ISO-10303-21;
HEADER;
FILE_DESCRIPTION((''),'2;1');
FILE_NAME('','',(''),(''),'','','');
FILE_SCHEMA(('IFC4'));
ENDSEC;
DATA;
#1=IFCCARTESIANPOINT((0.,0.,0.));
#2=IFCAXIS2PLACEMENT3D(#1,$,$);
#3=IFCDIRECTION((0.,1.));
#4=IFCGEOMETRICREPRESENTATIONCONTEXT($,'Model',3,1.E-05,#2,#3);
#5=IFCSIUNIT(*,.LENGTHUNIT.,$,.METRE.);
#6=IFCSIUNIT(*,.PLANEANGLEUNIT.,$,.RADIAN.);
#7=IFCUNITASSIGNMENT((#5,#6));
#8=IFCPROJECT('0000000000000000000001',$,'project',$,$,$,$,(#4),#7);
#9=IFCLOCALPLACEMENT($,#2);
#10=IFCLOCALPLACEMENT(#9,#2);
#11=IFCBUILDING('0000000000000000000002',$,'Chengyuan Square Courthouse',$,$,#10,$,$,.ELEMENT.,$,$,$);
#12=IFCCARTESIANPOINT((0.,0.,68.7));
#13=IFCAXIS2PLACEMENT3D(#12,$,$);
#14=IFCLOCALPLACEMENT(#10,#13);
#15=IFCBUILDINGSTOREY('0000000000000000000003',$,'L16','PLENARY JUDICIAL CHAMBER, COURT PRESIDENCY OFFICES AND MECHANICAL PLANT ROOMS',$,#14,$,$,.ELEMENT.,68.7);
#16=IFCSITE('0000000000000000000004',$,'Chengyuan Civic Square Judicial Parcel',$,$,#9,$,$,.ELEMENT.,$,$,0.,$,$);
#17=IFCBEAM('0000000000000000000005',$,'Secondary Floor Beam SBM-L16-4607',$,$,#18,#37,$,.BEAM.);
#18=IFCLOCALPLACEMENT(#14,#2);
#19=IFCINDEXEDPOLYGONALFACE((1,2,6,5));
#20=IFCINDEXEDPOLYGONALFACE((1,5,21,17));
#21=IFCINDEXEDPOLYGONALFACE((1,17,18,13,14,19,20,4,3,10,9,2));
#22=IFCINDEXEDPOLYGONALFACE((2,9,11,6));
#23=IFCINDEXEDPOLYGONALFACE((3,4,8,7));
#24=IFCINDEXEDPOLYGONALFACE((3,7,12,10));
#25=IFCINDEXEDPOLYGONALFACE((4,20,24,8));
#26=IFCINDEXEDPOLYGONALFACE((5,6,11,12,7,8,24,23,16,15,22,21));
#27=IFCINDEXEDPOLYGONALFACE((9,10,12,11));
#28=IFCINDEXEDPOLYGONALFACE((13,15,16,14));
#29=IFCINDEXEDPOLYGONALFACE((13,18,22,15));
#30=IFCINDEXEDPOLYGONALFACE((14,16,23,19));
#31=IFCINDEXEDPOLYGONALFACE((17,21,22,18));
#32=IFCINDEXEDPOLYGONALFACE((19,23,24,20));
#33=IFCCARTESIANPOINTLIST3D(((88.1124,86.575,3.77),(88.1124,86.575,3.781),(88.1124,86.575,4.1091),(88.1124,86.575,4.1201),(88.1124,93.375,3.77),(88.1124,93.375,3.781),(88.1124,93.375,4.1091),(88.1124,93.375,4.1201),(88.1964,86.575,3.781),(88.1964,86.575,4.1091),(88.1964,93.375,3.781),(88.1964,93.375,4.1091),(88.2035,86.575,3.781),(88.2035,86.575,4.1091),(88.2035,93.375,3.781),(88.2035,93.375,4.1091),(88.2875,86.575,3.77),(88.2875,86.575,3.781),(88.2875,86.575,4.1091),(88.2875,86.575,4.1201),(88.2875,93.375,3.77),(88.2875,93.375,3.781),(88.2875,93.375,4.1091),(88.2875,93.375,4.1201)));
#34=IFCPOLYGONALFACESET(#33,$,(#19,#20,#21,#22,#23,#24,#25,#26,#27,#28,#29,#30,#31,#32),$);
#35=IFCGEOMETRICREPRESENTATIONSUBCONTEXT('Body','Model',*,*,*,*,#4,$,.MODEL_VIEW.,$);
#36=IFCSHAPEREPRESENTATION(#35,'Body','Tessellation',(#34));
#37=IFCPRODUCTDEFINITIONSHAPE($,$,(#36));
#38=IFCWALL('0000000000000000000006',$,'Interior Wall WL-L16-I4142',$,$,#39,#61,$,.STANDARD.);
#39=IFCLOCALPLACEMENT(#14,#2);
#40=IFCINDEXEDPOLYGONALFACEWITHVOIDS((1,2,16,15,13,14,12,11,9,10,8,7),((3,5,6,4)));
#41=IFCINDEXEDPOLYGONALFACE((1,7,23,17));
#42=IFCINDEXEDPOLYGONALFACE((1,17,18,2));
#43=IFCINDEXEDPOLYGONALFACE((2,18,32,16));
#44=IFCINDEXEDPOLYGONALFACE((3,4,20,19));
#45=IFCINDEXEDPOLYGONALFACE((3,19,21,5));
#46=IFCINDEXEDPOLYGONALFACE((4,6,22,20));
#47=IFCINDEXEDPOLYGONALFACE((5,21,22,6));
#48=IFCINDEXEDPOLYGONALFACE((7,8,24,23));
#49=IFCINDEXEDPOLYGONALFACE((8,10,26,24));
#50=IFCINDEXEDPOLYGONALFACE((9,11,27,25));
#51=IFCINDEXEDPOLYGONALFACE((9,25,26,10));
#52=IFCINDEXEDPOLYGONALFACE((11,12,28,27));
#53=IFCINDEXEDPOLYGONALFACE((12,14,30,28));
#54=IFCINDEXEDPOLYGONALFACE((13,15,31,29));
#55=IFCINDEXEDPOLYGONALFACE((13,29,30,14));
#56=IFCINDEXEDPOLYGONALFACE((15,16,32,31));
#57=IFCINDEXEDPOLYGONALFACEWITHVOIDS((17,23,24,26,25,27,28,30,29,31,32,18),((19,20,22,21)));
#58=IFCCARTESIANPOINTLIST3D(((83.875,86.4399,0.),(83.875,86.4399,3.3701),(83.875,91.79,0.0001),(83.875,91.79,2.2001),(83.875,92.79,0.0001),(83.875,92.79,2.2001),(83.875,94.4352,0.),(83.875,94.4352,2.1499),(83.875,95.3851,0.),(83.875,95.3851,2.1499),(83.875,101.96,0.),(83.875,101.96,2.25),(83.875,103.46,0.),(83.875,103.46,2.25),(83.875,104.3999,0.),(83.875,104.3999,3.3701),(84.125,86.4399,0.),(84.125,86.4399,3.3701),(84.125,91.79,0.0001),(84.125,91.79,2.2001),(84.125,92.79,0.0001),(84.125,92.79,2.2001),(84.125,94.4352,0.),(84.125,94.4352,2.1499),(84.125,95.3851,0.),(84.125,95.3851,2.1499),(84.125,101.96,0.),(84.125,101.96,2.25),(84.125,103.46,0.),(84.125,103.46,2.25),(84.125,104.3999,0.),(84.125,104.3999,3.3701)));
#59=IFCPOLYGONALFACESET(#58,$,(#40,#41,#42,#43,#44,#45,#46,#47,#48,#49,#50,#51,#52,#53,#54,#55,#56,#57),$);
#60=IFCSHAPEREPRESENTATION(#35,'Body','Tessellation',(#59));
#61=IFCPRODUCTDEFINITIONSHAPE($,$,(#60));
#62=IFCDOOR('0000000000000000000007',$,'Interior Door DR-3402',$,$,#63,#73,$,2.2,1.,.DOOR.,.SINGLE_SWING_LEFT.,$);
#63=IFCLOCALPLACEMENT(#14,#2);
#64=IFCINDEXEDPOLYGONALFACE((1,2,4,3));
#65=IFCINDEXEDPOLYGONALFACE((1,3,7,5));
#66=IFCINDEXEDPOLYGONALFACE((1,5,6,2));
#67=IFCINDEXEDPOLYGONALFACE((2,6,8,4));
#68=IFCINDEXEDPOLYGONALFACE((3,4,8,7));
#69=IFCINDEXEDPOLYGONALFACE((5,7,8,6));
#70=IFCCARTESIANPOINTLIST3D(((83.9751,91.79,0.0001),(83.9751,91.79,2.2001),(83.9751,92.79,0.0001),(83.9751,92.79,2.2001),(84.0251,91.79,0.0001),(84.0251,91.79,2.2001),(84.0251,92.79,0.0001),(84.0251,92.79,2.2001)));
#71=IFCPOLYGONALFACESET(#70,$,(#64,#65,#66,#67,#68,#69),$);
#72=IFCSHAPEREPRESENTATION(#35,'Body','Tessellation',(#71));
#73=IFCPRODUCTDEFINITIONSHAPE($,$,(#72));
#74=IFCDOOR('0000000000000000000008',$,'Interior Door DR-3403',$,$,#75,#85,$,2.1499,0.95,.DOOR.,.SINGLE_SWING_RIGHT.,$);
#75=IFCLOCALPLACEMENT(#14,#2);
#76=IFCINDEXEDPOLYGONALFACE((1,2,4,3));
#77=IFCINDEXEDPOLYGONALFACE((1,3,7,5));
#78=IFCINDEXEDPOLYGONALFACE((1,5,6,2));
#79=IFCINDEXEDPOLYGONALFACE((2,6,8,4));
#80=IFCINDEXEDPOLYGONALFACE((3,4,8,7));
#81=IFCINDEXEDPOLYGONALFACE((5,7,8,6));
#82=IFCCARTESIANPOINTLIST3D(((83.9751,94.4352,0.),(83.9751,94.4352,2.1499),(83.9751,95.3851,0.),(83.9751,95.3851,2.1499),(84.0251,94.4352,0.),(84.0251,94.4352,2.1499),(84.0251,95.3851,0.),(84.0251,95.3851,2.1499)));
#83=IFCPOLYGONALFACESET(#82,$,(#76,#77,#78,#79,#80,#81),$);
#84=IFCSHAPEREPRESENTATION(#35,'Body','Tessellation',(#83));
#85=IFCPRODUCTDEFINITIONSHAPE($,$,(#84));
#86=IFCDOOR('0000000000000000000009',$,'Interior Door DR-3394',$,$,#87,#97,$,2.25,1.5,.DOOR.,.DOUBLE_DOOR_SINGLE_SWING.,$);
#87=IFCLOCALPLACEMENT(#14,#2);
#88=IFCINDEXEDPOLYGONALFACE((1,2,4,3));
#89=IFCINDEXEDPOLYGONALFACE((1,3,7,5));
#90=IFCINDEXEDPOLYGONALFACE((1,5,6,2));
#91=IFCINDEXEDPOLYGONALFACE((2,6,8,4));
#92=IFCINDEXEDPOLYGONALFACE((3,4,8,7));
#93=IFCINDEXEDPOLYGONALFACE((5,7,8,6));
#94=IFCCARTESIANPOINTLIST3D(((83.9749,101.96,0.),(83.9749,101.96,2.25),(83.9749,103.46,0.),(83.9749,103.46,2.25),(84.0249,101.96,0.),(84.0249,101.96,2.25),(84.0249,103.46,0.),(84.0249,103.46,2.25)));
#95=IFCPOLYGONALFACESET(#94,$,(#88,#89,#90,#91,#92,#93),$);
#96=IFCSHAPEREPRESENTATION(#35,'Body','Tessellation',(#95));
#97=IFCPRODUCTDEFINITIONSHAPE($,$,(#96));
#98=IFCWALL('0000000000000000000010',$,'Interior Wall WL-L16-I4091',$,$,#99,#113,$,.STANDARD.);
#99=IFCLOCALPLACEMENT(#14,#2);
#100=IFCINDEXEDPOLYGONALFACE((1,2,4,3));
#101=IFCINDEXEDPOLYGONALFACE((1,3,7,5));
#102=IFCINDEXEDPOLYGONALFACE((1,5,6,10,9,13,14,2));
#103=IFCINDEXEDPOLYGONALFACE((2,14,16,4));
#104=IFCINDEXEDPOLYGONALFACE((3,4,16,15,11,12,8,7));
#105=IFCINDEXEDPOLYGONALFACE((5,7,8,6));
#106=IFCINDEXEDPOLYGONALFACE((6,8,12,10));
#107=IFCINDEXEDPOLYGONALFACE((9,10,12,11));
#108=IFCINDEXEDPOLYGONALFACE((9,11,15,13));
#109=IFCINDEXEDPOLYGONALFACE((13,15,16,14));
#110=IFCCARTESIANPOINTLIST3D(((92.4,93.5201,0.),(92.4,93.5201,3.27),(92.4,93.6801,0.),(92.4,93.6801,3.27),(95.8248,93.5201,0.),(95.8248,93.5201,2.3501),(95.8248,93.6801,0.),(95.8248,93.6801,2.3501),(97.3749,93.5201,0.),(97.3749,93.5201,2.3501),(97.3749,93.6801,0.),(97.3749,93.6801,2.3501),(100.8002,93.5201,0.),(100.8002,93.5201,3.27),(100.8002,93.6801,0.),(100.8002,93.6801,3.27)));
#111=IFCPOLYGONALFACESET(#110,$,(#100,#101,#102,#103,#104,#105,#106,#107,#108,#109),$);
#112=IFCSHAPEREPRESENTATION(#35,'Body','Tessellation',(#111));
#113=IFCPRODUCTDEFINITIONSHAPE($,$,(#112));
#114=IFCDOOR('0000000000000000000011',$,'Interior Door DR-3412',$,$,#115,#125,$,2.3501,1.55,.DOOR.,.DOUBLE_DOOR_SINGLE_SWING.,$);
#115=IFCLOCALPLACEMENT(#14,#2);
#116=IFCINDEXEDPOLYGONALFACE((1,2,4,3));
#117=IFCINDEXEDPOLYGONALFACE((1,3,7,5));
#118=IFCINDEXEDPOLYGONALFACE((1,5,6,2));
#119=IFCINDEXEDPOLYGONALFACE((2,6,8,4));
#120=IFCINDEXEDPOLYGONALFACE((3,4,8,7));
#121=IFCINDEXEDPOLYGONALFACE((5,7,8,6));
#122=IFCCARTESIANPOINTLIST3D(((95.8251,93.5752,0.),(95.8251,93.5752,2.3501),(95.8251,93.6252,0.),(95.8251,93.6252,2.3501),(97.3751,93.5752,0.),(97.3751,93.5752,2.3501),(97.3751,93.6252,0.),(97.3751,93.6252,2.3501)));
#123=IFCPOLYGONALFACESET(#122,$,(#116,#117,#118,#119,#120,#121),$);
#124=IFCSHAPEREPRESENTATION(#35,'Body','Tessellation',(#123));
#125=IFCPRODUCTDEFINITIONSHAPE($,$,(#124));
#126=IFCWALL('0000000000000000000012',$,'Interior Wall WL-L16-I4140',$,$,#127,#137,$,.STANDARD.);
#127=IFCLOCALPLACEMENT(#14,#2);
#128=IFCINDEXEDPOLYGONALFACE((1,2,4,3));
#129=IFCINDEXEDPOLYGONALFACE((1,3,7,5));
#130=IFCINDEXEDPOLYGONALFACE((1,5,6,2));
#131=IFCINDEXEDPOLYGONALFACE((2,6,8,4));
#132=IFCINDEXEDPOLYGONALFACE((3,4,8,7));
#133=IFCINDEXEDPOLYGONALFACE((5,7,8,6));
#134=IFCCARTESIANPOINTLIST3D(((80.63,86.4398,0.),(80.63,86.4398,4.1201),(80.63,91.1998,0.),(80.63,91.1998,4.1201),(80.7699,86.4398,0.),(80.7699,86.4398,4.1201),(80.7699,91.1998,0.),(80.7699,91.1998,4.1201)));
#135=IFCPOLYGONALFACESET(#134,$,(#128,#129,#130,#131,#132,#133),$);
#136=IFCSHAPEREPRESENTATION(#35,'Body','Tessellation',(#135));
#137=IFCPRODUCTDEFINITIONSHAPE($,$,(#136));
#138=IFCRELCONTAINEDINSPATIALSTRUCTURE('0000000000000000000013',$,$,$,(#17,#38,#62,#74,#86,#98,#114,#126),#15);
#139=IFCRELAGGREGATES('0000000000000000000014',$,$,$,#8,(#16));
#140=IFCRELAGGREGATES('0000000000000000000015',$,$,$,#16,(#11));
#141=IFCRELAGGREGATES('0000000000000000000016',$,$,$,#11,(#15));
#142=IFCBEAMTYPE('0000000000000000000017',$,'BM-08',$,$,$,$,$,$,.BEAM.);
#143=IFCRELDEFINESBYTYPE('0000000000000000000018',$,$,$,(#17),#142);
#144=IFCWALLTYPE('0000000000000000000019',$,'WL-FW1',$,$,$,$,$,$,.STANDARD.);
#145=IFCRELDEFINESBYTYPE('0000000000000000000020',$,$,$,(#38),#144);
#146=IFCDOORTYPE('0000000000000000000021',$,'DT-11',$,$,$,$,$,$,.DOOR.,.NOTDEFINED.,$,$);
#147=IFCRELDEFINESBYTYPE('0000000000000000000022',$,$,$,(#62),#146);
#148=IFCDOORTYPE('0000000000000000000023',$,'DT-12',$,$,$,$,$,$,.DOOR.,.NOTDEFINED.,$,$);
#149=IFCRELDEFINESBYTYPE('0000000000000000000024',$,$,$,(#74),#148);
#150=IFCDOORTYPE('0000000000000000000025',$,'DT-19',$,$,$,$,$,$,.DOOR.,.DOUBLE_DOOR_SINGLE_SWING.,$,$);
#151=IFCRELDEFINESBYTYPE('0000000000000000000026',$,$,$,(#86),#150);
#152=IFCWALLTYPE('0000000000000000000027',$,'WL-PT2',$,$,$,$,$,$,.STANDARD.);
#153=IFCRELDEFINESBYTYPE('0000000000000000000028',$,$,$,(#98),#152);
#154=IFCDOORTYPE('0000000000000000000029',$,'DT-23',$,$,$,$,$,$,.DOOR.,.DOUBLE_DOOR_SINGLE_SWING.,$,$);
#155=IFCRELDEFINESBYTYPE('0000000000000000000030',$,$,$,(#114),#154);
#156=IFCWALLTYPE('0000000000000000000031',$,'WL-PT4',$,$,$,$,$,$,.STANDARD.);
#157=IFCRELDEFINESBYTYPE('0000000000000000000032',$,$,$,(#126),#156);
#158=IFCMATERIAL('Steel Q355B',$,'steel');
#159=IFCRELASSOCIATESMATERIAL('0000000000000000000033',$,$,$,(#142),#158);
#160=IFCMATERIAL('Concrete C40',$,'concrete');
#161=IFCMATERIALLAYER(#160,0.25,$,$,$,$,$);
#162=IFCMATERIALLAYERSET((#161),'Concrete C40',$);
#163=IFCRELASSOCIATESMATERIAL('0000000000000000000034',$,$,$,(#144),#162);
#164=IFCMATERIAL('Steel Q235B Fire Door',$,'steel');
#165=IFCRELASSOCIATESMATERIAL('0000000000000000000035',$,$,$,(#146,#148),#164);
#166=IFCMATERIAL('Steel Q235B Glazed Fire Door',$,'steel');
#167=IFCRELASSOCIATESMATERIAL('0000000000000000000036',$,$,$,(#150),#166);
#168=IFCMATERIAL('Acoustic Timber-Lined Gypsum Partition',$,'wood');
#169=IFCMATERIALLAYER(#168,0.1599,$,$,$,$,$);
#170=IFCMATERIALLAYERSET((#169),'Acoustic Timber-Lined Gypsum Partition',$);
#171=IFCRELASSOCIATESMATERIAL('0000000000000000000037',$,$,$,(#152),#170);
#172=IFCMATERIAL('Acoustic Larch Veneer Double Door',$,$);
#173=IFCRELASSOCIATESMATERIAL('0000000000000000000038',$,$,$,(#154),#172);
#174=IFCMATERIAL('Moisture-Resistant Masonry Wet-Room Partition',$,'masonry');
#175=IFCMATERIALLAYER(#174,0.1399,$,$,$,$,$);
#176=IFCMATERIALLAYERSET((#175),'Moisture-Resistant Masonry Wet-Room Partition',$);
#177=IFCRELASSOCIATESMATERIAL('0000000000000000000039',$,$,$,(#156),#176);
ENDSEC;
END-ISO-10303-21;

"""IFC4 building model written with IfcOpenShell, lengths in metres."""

from ifc_helpers import new_model, si_unit, direction, frame, frame_2d, origin, origin_2d, place, context, subcontext, project, spatial, rectangle, i_section, extrude, material, layer, layer_set, material_profile, profile_set, type_object, element, fill, save


model = new_model("IFC4")

# Units and contexts
model_context = context("Model", 3, precision=1e-05, world=origin(), true_north=direction((0.0, 1.0)))
body_context = subcontext(model_context, "Body", "Model", "MODEL_VIEW")
ifc_project = project(units=[si_unit("LENGTHUNIT", "METRE"), si_unit("PLANEANGLEUNIT", "RADIAN")], contexts=[model_context])

# Site, building, storey
site_placement = place(None, origin())
site = spatial("IfcSite", under=ifc_project, at=site_placement, Name="Chengyuan Civic Square Judicial Parcel", CompositionType="ELEMENT", RefElevation=0.0)
building_placement = place(site_placement, origin())
building = spatial("IfcBuilding", under=site, at=building_placement, Name="Chengyuan Square Courthouse", CompositionType="ELEMENT")
storey_placement = place(building_placement, frame((0.0, 0.0, 68.7)))
storey = spatial("IfcBuildingStorey", under=building, at=storey_placement, Name="L16", Description="PLENARY JUDICIAL CHAMBER, COURT PRESIDENCY OFFICES AND MECHANICAL PLANT ROOMS", CompositionType="ELEMENT", Elevation=68.7)

# Shared definitions
ifc_material_1 = material(Name="Concrete C40", Category="concrete")

# Beam
ifc_material_2 = material(Name="Steel Q355B", Category="steel")
ifc_material_profile_1 = material_profile(ifc_material_2, i_section(OverallWidth=0.175, OverallDepth=0.3501, WebThickness=0.0071, FlangeThickness=0.011, at=origin_2d()), Name="HN 350x175x7x11")
ifc_profile_set_1 = profile_set([ifc_material_profile_1], Name="Steel Q355B")
beam_type_1 = type_object("IfcBeamType", Name="BM-08", PredefinedType="BEAM", material=ifc_profile_set_1)
beam_1_placement = place(storey_placement, frame((88.2, 86.575, 3.9451), z_axis=(0.0, 1.0, 0.0), x_axis=(-1.0, 0.0, 0.0)))
element("IfcBeam", 1, at=beam_1_placement, inside=storey, type_object=beam_type_1, Name="Secondary Floor Beam SBM-L16-4607", PredefinedType="BEAM", context=body_context, shape_type="SweptSolid", body=[
    extrude(i_section(OverallWidth=0.175, OverallDepth=0.3501, WebThickness=0.0071, FlangeThickness=0.011, at=origin_2d()), origin(), (0.0, 0.0, 1.0), 6.8),
])

# Wall, openings, doors
ifc_layer_1 = layer(ifc_material_1, 0.25)
ifc_layer_set_1 = layer_set([ifc_layer_1], Name="Concrete C40")
wall_type_1 = type_object("IfcWallType", Name="WL-FW1", PredefinedType="STANDARD", material=ifc_layer_set_1)
wall_1_placement = place(storey_placement, frame((84.0, 86.4399, 0.0), z_axis=(0.0, 0.0, 1.0), x_axis=(0.0, 1.0, 0.0)))
wall_1 = element("IfcWall", 2, at=wall_1_placement, inside=storey, type_object=wall_type_1, Name="Interior Wall WL-L16-I4142", PredefinedType="STANDARD", context=body_context, shape_type="SweptSolid", body=[
    extrude(rectangle(XDim=17.96, YDim=0.25, at=frame_2d((8.98, 0.0))), origin(), (0.0, 0.0, 1.0), 3.3701),
])
opening_1_placement = place(wall_1_placement, frame((15.52, 0.0, 0.0)))
opening_1 = element("IfcOpeningElement", 3, at=opening_1_placement, cuts=wall_1, PredefinedType="OPENING", context=body_context, shape_type="SweptSolid", body=[
    extrude(rectangle(XDim=1.5, YDim=2.25, at=frame_2d((0.75, 1.125))), frame((0.0, 0.137, 0.0), z_axis=(0.0, -1.0, 0.0), x_axis=(1.0, 0.0, 0.0)), (0.0, 0.0, 1.0), 0.2739),
])
opening_2_placement = place(wall_1_placement, frame((5.3501, 0.0, 0.0)))
opening_2 = element("IfcOpeningElement", 4, at=opening_2_placement, cuts=wall_1, PredefinedType="OPENING", context=body_context, shape_type="SweptSolid", body=[
    extrude(rectangle(XDim=1.0, YDim=2.2, at=frame_2d((0.5, 1.1001))), frame((0.0, 0.137, 0.0), z_axis=(0.0, -1.0, 0.0), x_axis=(1.0, 0.0, 0.0)), (0.0, 0.0, 1.0), 0.2739),
])
opening_3_placement = place(wall_1_placement, frame((7.9951, 0.0, 0.0)))
opening_3 = element("IfcOpeningElement", 5, at=opening_3_placement, cuts=wall_1, PredefinedType="OPENING", context=body_context, shape_type="SweptSolid", body=[
    extrude(rectangle(XDim=0.95, YDim=2.1499, at=frame_2d((0.4751, 1.075))), frame((0.0, 0.137, 0.0), z_axis=(0.0, -1.0, 0.0), x_axis=(1.0, 0.0, 0.0)), (0.0, 0.0, 1.0), 0.2739),
])
ifc_material_3 = material(Name="Steel Q235B Fire Door", Category="steel")
door_type_1 = type_object("IfcDoorType", Name="DT-11", OperationType="NOTDEFINED", PredefinedType="DOOR", material=ifc_material_3)
door_1_placement = place(opening_2_placement, origin())
door_1 = element("IfcDoor", 6, at=door_1_placement, inside=storey, type_object=door_type_1, Name="Interior Door DR-3402", OperationType="SINGLE_SWING_LEFT", OverallHeight=2.2, OverallWidth=1.0, PredefinedType="DOOR", context=body_context, shape_type="SweptSolid", body=[
    extrude(rectangle(XDim=1.0, YDim=2.2, at=frame_2d((0.5, 1.1001))), frame((0.0, 0.0249, 0.0), z_axis=(0.0, -1.0, 0.0), x_axis=(1.0, 0.0, 0.0)), (0.0, 0.0, 1.0), 0.05),
])
fill(opening_2, door_1)
door_type_2 = type_object("IfcDoorType", Name="DT-12", OperationType="NOTDEFINED", PredefinedType="DOOR", material=ifc_material_3)
door_2_placement = place(opening_3_placement, origin())
door_2 = element("IfcDoor", 7, at=door_2_placement, inside=storey, type_object=door_type_2, Name="Interior Door DR-3403", OperationType="SINGLE_SWING_RIGHT", OverallHeight=2.1499, OverallWidth=0.95, PredefinedType="DOOR", context=body_context, shape_type="SweptSolid", body=[
    extrude(rectangle(XDim=0.95, YDim=2.1499, at=frame_2d((0.4751, 1.075))), frame((0.0, 0.0249, 0.0), z_axis=(0.0, -1.0, 0.0), x_axis=(1.0, 0.0, 0.0)), (0.0, 0.0, 1.0), 0.05),
])
fill(opening_3, door_2)
ifc_material_4 = material(Name="Steel Q235B Glazed Fire Door", Category="steel")
door_type_3 = type_object("IfcDoorType", Name="DT-19", OperationType="DOUBLE_DOOR_SINGLE_SWING", PredefinedType="DOOR", material=ifc_material_4)
door_3_placement = place(opening_1_placement, frame((1.5, 0.0, 0.0), z_axis=(0.0, 0.0, 1.0), x_axis=(-1.0, 0.0, 0.0)))
door_3 = element("IfcDoor", 8, at=door_3_placement, inside=storey, type_object=door_type_3, Name="Interior Door DR-3394", OperationType="DOUBLE_DOOR_SINGLE_SWING", OverallHeight=2.25, OverallWidth=1.5, PredefinedType="DOOR", context=body_context, shape_type="SweptSolid", body=[
    extrude(rectangle(XDim=1.5, YDim=2.25, at=frame_2d((0.75, 1.125))), frame((0.0, 0.0249, 0.0), z_axis=(0.0, -1.0, 0.0), x_axis=(1.0, 0.0, 0.0)), (0.0, 0.0, 1.0), 0.05),
])
fill(opening_1, door_3)

# Wall, opening, door
ifc_material_5 = material(Name="Acoustic Timber-Lined Gypsum Partition", Category="wood")
ifc_layer_2 = layer(ifc_material_5, 0.1599)
ifc_layer_set_2 = layer_set([ifc_layer_2], Name="Acoustic Timber-Lined Gypsum Partition")
wall_type_2 = type_object("IfcWallType", Name="WL-PT2", PredefinedType="STANDARD", material=ifc_layer_set_2)
wall_2_placement = place(storey_placement, frame((92.3999, 93.6001, 0.0), z_axis=(0.0, 0.0, 1.0), x_axis=(1.0, 0.0, 0.0)))
wall_2 = element("IfcWall", 9, at=wall_2_placement, inside=storey, type_object=wall_type_2, Name="Interior Wall WL-L16-I4091", PredefinedType="STANDARD", context=body_context, shape_type="SweptSolid", body=[
    extrude(rectangle(XDim=8.4001, YDim=0.1599, at=frame_2d((4.2002, 0.0))), origin(), (0.0, 0.0, 1.0), 3.27),
])
opening_4_placement = place(wall_2_placement, frame((3.425, 0.0, 0.0)))
opening_4 = element("IfcOpeningElement", 10, at=opening_4_placement, cuts=wall_2, PredefinedType="OPENING", context=body_context, shape_type="SweptSolid", body=[
    extrude(rectangle(XDim=1.55, YDim=2.3501, at=frame_2d((0.7749, 1.175))), frame((0.0, 0.092, 0.0), z_axis=(0.0, -1.0, 0.0), x_axis=(1.0, 0.0, 0.0)), (0.0, 0.0, 1.0), 0.1838),
])
ifc_material_6 = material(Name="Acoustic Larch Veneer Double Door")
door_type_4 = type_object("IfcDoorType", Name="DT-23", OperationType="DOUBLE_DOOR_SINGLE_SWING", PredefinedType="DOOR", material=ifc_material_6)
door_4_placement = place(opening_4_placement, frame((1.55, 0.0, 0.0), z_axis=(0.0, 0.0, 1.0), x_axis=(-1.0, 0.0, 0.0)))
door_4 = element("IfcDoor", 11, at=door_4_placement, inside=storey, type_object=door_type_4, Name="Interior Door DR-3412", OperationType="DOUBLE_DOOR_SINGLE_SWING", OverallHeight=2.3501, OverallWidth=1.55, PredefinedType="DOOR", context=body_context, shape_type="SweptSolid", body=[
    extrude(rectangle(XDim=1.55, YDim=2.3501, at=frame_2d((0.7749, 1.175))), frame((0.0, 0.0249, 0.0), z_axis=(0.0, -1.0, 0.0), x_axis=(1.0, 0.0, 0.0)), (0.0, 0.0, 1.0), 0.05),
])
fill(opening_4, door_4)

# Wall
ifc_material_7 = material(Name="Moisture-Resistant Masonry Wet-Room Partition", Category="masonry")
ifc_layer_3 = layer(ifc_material_7, 0.1399)
ifc_layer_set_3 = layer_set([ifc_layer_3], Name="Moisture-Resistant Masonry Wet-Room Partition")
wall_type_3 = type_object("IfcWallType", Name="WL-PT4", PredefinedType="STANDARD", material=ifc_layer_set_3)
wall_3_placement = place(storey_placement, frame((80.7, 86.4399, 0.0), z_axis=(0.0, 0.0, 1.0), x_axis=(0.0, 1.0, 0.0)))
element("IfcWall", 12, at=wall_3_placement, inside=storey, type_object=wall_type_3, Name="Interior Wall WL-L16-I4140", PredefinedType="STANDARD", context=body_context, shape_type="SweptSolid", body=[
    extrude(rectangle(XDim=4.76, YDim=0.1399, at=frame_2d((2.3799, 0.0))), origin(), (0.0, 0.0, 1.0), 4.1201),
])

save(model, "model.ifc")
